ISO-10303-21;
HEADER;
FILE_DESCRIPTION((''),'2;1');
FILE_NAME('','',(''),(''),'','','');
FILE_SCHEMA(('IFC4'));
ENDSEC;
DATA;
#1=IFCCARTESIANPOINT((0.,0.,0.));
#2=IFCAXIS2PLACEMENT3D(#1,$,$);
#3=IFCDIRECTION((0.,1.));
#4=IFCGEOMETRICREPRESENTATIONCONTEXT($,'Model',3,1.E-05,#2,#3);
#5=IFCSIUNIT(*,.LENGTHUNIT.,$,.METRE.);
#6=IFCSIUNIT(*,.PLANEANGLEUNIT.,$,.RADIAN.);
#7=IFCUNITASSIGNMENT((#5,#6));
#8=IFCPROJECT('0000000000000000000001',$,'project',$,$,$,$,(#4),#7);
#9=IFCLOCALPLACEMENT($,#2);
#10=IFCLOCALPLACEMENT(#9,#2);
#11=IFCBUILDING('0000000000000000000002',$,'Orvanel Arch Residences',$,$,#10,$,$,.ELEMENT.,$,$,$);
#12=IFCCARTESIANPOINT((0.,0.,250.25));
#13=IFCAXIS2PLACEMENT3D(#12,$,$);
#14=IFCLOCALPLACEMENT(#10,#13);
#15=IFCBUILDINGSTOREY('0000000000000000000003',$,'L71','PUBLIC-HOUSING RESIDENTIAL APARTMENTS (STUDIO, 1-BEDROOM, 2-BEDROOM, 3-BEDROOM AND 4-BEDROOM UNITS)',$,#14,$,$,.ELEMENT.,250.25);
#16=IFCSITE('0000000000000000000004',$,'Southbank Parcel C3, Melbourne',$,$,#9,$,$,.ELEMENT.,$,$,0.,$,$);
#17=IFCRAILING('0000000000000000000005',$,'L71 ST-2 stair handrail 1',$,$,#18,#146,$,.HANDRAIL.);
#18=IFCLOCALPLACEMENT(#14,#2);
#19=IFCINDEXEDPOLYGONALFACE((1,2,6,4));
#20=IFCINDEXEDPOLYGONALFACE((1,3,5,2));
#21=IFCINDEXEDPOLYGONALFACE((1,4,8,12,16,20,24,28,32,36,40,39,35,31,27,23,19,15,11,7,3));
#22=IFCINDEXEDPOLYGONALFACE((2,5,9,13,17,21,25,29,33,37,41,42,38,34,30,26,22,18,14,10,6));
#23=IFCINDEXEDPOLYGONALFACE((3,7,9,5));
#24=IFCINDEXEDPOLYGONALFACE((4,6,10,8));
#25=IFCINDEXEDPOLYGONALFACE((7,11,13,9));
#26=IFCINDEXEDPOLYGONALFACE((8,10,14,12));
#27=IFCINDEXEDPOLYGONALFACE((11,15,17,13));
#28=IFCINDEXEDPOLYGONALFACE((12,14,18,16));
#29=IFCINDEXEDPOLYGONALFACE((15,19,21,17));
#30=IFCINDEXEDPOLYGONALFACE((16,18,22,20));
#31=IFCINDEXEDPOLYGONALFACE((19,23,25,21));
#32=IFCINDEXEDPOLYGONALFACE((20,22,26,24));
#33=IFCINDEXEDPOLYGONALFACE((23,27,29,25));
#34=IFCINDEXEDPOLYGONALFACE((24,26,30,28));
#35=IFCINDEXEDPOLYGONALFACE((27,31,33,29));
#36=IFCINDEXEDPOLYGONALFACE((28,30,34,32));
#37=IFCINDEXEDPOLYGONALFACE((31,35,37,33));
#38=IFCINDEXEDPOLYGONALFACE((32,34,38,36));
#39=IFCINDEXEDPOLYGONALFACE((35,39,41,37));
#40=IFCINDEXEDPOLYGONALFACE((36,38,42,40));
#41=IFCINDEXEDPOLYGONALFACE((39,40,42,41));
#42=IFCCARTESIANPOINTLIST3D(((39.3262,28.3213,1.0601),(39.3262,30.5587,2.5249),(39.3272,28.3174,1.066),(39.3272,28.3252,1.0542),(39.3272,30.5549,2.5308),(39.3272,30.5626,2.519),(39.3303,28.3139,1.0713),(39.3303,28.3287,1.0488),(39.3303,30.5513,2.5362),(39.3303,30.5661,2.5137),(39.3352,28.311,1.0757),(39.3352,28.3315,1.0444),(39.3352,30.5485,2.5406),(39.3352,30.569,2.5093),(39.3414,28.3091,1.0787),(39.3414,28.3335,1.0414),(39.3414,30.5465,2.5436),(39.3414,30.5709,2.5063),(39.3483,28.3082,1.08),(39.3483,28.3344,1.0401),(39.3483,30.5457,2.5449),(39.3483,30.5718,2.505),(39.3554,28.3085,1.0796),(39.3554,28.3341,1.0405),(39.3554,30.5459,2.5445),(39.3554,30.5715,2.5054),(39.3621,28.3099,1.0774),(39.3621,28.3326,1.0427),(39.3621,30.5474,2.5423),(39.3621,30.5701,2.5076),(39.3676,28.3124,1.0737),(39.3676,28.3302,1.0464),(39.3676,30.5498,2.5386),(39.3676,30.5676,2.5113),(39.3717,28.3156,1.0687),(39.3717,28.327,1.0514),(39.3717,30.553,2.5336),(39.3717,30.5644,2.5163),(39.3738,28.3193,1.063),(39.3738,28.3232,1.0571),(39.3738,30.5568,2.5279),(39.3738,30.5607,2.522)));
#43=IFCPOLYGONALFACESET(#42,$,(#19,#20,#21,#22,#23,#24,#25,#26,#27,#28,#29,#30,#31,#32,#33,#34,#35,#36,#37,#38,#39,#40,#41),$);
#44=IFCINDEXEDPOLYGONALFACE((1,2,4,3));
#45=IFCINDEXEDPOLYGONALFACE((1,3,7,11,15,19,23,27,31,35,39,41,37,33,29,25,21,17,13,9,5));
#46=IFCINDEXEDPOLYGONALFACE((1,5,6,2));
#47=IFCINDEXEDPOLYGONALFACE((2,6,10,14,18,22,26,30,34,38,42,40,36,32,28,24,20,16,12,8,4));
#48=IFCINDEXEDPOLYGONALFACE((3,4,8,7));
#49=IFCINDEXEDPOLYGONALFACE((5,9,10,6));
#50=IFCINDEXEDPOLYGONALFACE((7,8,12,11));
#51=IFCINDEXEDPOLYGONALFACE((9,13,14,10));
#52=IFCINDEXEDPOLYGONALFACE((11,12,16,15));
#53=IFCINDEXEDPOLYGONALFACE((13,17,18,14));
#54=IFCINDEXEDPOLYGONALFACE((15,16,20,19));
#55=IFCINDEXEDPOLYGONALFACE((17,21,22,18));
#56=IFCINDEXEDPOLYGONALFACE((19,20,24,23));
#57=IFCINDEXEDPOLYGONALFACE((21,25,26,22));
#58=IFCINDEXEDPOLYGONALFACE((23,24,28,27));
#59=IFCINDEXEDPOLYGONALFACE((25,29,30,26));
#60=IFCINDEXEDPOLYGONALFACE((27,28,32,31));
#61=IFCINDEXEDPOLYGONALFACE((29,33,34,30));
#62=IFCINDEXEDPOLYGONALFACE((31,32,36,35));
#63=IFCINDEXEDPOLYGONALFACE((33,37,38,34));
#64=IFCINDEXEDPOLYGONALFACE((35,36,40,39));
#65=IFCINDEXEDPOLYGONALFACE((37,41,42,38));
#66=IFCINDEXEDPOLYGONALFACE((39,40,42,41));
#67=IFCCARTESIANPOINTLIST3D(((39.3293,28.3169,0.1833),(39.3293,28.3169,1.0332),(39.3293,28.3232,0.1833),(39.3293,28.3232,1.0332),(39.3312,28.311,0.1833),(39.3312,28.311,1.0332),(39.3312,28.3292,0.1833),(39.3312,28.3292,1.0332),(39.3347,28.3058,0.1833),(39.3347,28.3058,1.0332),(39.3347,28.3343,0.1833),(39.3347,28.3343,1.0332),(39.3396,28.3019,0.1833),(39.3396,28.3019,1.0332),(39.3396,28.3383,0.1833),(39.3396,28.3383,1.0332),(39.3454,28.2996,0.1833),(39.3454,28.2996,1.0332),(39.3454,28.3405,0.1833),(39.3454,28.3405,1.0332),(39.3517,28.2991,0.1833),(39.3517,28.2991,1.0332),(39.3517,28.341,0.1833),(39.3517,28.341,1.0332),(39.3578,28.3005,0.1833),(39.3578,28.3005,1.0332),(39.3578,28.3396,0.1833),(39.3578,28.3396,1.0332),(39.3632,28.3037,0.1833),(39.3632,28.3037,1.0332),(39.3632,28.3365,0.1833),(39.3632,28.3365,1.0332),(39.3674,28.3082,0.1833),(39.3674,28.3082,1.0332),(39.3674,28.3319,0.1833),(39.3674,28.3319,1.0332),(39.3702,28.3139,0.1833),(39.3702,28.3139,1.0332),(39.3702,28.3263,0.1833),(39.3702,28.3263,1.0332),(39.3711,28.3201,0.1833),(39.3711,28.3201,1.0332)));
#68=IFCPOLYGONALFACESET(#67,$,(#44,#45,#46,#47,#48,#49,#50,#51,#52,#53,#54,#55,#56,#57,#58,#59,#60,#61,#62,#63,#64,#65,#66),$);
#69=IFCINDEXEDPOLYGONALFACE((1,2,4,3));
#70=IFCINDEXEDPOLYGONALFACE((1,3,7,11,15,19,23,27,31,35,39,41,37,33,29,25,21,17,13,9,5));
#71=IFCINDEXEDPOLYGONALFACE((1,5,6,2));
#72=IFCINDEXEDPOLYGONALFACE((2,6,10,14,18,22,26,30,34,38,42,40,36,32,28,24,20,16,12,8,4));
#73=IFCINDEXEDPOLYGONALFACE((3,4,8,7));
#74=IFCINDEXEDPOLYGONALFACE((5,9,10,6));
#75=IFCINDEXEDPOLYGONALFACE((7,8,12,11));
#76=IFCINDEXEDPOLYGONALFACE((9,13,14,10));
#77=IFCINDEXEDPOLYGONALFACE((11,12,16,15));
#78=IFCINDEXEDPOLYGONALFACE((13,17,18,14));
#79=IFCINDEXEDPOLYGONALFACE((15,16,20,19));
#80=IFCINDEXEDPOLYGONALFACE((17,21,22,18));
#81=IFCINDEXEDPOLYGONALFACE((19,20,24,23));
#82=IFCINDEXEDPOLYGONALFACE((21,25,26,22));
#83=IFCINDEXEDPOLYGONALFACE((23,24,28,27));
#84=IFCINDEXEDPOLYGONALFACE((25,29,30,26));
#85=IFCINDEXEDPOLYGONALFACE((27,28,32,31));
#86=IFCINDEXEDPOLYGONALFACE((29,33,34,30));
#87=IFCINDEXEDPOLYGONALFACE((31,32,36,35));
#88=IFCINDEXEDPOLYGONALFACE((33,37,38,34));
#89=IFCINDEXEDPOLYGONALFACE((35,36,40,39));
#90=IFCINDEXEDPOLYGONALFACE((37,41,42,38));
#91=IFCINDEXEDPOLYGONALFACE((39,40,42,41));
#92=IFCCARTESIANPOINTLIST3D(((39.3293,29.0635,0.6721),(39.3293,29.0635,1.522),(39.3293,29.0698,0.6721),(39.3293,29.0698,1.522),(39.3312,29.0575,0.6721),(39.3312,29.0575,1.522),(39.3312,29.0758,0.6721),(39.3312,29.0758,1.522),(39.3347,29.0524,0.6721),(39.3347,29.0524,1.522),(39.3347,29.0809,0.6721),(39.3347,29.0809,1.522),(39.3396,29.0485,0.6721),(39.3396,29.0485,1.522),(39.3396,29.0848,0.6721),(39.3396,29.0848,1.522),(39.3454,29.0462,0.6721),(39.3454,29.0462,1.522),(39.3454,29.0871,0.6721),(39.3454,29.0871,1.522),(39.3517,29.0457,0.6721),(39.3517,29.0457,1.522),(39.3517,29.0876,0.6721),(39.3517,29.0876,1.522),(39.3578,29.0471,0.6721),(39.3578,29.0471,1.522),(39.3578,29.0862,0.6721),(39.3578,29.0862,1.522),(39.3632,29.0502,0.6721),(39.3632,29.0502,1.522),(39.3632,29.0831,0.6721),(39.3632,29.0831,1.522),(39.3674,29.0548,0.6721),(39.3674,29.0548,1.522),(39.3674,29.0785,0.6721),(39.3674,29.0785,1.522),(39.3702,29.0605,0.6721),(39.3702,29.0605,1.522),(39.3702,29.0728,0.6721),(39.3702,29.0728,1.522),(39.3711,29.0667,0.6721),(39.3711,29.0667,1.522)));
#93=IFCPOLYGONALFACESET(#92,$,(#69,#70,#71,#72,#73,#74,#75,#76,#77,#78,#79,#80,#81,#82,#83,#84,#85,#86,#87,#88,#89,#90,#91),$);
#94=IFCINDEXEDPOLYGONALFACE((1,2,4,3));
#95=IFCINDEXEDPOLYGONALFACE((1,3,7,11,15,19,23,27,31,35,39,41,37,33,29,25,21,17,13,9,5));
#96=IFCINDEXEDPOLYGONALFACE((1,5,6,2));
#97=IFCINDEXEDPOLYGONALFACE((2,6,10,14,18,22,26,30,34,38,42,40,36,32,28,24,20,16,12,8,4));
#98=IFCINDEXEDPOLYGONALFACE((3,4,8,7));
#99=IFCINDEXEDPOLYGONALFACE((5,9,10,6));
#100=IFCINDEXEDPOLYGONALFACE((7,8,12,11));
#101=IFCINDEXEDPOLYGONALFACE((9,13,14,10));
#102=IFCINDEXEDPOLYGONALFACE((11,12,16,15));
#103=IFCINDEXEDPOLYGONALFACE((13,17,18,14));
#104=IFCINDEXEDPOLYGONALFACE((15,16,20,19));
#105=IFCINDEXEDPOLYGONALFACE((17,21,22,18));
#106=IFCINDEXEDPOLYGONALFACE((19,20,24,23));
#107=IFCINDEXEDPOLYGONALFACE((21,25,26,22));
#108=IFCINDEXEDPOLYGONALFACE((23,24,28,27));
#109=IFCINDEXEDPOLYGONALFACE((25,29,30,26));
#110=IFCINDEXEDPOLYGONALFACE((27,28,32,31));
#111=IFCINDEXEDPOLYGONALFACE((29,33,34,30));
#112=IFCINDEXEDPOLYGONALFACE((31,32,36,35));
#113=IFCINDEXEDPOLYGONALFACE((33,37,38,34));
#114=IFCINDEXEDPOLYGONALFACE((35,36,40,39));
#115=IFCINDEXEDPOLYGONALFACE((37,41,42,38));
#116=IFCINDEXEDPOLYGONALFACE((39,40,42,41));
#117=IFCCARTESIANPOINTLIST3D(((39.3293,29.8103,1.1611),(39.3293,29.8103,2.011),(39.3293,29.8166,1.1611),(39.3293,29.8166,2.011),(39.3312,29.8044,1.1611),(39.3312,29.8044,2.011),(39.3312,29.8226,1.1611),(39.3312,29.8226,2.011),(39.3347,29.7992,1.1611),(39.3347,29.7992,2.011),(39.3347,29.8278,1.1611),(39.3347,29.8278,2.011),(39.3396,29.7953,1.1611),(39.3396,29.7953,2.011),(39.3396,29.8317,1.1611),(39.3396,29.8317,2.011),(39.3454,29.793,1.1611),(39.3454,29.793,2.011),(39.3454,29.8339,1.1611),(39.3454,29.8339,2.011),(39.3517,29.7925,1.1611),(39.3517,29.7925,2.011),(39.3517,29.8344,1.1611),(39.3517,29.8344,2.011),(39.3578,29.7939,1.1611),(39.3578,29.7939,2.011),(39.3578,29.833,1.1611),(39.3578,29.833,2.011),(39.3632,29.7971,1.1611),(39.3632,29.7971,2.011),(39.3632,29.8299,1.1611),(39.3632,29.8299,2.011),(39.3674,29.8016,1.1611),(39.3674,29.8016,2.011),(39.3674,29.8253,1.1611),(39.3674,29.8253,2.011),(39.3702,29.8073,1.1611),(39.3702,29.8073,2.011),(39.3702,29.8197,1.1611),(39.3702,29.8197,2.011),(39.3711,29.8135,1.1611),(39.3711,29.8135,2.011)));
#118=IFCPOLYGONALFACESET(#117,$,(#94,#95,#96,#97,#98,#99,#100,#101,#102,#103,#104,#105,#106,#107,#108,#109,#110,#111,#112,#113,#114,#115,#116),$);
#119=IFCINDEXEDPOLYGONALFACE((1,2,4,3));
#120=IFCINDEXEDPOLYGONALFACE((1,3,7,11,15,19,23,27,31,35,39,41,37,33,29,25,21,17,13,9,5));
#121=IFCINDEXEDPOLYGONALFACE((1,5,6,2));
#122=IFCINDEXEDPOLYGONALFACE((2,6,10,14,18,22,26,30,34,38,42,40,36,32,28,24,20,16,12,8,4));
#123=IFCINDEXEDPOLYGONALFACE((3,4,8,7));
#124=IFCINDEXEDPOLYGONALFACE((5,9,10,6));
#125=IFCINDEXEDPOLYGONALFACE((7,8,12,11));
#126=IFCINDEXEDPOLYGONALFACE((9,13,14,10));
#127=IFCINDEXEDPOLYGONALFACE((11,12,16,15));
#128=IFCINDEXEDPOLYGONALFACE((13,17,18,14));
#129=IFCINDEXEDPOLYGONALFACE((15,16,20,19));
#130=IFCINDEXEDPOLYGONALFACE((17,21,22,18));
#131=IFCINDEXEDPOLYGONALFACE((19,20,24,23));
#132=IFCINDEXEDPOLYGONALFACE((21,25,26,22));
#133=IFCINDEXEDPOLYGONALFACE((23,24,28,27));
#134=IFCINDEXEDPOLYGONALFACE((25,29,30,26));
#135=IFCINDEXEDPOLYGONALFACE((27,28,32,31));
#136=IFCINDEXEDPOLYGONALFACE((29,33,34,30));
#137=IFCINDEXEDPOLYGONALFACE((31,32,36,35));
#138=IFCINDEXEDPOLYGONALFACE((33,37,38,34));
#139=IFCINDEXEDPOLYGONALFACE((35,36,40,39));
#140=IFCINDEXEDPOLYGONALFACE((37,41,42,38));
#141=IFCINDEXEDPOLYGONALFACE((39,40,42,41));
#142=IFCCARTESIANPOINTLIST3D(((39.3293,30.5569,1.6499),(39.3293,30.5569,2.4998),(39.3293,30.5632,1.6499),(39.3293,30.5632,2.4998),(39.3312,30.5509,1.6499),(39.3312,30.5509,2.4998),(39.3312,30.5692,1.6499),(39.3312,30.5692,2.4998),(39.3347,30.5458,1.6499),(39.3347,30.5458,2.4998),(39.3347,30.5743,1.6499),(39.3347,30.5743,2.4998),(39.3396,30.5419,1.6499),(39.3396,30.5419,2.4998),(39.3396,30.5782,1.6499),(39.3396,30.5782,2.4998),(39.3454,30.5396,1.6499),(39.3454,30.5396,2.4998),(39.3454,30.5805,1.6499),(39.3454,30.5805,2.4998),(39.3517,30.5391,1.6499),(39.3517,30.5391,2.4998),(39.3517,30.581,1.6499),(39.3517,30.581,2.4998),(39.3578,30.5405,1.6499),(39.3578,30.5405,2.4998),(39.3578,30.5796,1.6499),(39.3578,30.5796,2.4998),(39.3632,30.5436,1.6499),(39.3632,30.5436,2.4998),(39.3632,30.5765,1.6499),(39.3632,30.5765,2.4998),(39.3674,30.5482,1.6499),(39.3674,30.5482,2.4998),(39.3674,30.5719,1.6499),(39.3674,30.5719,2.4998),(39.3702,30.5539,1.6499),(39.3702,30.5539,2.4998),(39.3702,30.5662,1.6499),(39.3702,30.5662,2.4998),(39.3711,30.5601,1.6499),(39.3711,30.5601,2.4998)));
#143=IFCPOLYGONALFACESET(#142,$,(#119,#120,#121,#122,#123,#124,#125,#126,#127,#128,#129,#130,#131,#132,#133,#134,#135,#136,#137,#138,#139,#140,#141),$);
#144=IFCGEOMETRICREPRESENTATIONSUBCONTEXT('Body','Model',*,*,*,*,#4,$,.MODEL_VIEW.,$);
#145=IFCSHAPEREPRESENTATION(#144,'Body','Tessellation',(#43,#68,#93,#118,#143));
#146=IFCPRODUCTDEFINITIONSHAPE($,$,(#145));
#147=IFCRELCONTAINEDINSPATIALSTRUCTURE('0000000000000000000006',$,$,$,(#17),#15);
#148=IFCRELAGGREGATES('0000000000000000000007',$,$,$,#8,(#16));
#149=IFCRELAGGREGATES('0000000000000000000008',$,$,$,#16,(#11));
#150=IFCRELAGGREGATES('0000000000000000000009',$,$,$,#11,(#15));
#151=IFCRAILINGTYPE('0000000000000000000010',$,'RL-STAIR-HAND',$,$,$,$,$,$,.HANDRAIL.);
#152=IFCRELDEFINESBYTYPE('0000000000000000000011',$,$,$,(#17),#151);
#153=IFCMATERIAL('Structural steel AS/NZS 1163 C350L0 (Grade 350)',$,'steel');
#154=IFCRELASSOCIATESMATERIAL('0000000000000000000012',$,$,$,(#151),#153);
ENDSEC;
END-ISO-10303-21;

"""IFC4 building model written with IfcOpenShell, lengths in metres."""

from ifc_helpers import new_model, si_unit, direction, frame, origin, origin_2d, place, context, subcontext, project, spatial, circle, extrude, material, type_object, element, save


model = new_model("IFC4")

# Units and contexts
model_context = context("Model", 3, precision=1e-05, world=origin(), true_north=direction((0.0, 1.0)))
body_context = subcontext(model_context, "Body", "Model", "MODEL_VIEW")
ifc_project = project(units=[si_unit("LENGTHUNIT", "METRE"), si_unit("PLANEANGLEUNIT", "RADIAN")], contexts=[model_context])

# Site, building, storey
site_placement = place(None, origin())
site = spatial("IfcSite", under=ifc_project, at=site_placement, Name="Southbank Parcel C3, Melbourne", CompositionType="ELEMENT", RefElevation=0.0)
building_placement = place(site_placement, origin())
building = spatial("IfcBuilding", under=site, at=building_placement, Name="Orvanel Arch Residences", CompositionType="ELEMENT")
storey_placement = place(building_placement, frame((0.0, 0.0, 250.25)))
storey = spatial("IfcBuildingStorey", under=building, at=storey_placement, Name="L71", Description="PUBLIC-HOUSING RESIDENTIAL APARTMENTS (STUDIO, 1-BEDROOM, 2-BEDROOM, 3-BEDROOM AND 4-BEDROOM UNITS)", CompositionType="ELEMENT", Elevation=250.25)

# Railing
ifc_material_1 = material(Name="Structural steel AS/NZS 1163 C350L0 (Grade 350)", Category="steel")
railing_type_1 = type_object("IfcRailingType", Name="RL-STAIR-HAND", PredefinedType="HANDRAIL", material=ifc_material_1)
railing_1_placement = place(storey_placement, frame((39.3501, 28.3201, 0.1833)))
element("IfcRailing", 1, at=railing_1_placement, inside=storey, type_object=railing_type_1, Name="L71 ST-2 stair handrail 1", PredefinedType="HANDRAIL", context=body_context, shape_type="SweptSolid", body=[
    extrude(circle(Radius=0.0239, at=origin_2d()), frame((0.0, 0.0012, 0.8767), z_axis=(0.0, 0.836637, 0.547758), x_axis=(-1.0, 0.0, 0.0)), (0.0, 0.0, 1.0), 2.6743),
    extrude(circle(Radius=0.021, at=origin_2d()), origin(), (0.0, 0.0, 1.0), 0.8499),
    extrude(circle(Radius=0.021, at=origin_2d()), frame((0.0, 0.7466, 0.4888)), (0.0, 0.0, 1.0), 0.8499),
    extrude(circle(Radius=0.021, at=origin_2d()), frame((0.0, 1.4934, 0.9778)), (0.0, 0.0, 1.0), 0.8499),
    extrude(circle(Radius=0.021, at=origin_2d()), frame((0.0, 2.24, 1.4666)), (0.0, 0.0, 1.0), 0.8499),
])

save(model, "model.ifc")
